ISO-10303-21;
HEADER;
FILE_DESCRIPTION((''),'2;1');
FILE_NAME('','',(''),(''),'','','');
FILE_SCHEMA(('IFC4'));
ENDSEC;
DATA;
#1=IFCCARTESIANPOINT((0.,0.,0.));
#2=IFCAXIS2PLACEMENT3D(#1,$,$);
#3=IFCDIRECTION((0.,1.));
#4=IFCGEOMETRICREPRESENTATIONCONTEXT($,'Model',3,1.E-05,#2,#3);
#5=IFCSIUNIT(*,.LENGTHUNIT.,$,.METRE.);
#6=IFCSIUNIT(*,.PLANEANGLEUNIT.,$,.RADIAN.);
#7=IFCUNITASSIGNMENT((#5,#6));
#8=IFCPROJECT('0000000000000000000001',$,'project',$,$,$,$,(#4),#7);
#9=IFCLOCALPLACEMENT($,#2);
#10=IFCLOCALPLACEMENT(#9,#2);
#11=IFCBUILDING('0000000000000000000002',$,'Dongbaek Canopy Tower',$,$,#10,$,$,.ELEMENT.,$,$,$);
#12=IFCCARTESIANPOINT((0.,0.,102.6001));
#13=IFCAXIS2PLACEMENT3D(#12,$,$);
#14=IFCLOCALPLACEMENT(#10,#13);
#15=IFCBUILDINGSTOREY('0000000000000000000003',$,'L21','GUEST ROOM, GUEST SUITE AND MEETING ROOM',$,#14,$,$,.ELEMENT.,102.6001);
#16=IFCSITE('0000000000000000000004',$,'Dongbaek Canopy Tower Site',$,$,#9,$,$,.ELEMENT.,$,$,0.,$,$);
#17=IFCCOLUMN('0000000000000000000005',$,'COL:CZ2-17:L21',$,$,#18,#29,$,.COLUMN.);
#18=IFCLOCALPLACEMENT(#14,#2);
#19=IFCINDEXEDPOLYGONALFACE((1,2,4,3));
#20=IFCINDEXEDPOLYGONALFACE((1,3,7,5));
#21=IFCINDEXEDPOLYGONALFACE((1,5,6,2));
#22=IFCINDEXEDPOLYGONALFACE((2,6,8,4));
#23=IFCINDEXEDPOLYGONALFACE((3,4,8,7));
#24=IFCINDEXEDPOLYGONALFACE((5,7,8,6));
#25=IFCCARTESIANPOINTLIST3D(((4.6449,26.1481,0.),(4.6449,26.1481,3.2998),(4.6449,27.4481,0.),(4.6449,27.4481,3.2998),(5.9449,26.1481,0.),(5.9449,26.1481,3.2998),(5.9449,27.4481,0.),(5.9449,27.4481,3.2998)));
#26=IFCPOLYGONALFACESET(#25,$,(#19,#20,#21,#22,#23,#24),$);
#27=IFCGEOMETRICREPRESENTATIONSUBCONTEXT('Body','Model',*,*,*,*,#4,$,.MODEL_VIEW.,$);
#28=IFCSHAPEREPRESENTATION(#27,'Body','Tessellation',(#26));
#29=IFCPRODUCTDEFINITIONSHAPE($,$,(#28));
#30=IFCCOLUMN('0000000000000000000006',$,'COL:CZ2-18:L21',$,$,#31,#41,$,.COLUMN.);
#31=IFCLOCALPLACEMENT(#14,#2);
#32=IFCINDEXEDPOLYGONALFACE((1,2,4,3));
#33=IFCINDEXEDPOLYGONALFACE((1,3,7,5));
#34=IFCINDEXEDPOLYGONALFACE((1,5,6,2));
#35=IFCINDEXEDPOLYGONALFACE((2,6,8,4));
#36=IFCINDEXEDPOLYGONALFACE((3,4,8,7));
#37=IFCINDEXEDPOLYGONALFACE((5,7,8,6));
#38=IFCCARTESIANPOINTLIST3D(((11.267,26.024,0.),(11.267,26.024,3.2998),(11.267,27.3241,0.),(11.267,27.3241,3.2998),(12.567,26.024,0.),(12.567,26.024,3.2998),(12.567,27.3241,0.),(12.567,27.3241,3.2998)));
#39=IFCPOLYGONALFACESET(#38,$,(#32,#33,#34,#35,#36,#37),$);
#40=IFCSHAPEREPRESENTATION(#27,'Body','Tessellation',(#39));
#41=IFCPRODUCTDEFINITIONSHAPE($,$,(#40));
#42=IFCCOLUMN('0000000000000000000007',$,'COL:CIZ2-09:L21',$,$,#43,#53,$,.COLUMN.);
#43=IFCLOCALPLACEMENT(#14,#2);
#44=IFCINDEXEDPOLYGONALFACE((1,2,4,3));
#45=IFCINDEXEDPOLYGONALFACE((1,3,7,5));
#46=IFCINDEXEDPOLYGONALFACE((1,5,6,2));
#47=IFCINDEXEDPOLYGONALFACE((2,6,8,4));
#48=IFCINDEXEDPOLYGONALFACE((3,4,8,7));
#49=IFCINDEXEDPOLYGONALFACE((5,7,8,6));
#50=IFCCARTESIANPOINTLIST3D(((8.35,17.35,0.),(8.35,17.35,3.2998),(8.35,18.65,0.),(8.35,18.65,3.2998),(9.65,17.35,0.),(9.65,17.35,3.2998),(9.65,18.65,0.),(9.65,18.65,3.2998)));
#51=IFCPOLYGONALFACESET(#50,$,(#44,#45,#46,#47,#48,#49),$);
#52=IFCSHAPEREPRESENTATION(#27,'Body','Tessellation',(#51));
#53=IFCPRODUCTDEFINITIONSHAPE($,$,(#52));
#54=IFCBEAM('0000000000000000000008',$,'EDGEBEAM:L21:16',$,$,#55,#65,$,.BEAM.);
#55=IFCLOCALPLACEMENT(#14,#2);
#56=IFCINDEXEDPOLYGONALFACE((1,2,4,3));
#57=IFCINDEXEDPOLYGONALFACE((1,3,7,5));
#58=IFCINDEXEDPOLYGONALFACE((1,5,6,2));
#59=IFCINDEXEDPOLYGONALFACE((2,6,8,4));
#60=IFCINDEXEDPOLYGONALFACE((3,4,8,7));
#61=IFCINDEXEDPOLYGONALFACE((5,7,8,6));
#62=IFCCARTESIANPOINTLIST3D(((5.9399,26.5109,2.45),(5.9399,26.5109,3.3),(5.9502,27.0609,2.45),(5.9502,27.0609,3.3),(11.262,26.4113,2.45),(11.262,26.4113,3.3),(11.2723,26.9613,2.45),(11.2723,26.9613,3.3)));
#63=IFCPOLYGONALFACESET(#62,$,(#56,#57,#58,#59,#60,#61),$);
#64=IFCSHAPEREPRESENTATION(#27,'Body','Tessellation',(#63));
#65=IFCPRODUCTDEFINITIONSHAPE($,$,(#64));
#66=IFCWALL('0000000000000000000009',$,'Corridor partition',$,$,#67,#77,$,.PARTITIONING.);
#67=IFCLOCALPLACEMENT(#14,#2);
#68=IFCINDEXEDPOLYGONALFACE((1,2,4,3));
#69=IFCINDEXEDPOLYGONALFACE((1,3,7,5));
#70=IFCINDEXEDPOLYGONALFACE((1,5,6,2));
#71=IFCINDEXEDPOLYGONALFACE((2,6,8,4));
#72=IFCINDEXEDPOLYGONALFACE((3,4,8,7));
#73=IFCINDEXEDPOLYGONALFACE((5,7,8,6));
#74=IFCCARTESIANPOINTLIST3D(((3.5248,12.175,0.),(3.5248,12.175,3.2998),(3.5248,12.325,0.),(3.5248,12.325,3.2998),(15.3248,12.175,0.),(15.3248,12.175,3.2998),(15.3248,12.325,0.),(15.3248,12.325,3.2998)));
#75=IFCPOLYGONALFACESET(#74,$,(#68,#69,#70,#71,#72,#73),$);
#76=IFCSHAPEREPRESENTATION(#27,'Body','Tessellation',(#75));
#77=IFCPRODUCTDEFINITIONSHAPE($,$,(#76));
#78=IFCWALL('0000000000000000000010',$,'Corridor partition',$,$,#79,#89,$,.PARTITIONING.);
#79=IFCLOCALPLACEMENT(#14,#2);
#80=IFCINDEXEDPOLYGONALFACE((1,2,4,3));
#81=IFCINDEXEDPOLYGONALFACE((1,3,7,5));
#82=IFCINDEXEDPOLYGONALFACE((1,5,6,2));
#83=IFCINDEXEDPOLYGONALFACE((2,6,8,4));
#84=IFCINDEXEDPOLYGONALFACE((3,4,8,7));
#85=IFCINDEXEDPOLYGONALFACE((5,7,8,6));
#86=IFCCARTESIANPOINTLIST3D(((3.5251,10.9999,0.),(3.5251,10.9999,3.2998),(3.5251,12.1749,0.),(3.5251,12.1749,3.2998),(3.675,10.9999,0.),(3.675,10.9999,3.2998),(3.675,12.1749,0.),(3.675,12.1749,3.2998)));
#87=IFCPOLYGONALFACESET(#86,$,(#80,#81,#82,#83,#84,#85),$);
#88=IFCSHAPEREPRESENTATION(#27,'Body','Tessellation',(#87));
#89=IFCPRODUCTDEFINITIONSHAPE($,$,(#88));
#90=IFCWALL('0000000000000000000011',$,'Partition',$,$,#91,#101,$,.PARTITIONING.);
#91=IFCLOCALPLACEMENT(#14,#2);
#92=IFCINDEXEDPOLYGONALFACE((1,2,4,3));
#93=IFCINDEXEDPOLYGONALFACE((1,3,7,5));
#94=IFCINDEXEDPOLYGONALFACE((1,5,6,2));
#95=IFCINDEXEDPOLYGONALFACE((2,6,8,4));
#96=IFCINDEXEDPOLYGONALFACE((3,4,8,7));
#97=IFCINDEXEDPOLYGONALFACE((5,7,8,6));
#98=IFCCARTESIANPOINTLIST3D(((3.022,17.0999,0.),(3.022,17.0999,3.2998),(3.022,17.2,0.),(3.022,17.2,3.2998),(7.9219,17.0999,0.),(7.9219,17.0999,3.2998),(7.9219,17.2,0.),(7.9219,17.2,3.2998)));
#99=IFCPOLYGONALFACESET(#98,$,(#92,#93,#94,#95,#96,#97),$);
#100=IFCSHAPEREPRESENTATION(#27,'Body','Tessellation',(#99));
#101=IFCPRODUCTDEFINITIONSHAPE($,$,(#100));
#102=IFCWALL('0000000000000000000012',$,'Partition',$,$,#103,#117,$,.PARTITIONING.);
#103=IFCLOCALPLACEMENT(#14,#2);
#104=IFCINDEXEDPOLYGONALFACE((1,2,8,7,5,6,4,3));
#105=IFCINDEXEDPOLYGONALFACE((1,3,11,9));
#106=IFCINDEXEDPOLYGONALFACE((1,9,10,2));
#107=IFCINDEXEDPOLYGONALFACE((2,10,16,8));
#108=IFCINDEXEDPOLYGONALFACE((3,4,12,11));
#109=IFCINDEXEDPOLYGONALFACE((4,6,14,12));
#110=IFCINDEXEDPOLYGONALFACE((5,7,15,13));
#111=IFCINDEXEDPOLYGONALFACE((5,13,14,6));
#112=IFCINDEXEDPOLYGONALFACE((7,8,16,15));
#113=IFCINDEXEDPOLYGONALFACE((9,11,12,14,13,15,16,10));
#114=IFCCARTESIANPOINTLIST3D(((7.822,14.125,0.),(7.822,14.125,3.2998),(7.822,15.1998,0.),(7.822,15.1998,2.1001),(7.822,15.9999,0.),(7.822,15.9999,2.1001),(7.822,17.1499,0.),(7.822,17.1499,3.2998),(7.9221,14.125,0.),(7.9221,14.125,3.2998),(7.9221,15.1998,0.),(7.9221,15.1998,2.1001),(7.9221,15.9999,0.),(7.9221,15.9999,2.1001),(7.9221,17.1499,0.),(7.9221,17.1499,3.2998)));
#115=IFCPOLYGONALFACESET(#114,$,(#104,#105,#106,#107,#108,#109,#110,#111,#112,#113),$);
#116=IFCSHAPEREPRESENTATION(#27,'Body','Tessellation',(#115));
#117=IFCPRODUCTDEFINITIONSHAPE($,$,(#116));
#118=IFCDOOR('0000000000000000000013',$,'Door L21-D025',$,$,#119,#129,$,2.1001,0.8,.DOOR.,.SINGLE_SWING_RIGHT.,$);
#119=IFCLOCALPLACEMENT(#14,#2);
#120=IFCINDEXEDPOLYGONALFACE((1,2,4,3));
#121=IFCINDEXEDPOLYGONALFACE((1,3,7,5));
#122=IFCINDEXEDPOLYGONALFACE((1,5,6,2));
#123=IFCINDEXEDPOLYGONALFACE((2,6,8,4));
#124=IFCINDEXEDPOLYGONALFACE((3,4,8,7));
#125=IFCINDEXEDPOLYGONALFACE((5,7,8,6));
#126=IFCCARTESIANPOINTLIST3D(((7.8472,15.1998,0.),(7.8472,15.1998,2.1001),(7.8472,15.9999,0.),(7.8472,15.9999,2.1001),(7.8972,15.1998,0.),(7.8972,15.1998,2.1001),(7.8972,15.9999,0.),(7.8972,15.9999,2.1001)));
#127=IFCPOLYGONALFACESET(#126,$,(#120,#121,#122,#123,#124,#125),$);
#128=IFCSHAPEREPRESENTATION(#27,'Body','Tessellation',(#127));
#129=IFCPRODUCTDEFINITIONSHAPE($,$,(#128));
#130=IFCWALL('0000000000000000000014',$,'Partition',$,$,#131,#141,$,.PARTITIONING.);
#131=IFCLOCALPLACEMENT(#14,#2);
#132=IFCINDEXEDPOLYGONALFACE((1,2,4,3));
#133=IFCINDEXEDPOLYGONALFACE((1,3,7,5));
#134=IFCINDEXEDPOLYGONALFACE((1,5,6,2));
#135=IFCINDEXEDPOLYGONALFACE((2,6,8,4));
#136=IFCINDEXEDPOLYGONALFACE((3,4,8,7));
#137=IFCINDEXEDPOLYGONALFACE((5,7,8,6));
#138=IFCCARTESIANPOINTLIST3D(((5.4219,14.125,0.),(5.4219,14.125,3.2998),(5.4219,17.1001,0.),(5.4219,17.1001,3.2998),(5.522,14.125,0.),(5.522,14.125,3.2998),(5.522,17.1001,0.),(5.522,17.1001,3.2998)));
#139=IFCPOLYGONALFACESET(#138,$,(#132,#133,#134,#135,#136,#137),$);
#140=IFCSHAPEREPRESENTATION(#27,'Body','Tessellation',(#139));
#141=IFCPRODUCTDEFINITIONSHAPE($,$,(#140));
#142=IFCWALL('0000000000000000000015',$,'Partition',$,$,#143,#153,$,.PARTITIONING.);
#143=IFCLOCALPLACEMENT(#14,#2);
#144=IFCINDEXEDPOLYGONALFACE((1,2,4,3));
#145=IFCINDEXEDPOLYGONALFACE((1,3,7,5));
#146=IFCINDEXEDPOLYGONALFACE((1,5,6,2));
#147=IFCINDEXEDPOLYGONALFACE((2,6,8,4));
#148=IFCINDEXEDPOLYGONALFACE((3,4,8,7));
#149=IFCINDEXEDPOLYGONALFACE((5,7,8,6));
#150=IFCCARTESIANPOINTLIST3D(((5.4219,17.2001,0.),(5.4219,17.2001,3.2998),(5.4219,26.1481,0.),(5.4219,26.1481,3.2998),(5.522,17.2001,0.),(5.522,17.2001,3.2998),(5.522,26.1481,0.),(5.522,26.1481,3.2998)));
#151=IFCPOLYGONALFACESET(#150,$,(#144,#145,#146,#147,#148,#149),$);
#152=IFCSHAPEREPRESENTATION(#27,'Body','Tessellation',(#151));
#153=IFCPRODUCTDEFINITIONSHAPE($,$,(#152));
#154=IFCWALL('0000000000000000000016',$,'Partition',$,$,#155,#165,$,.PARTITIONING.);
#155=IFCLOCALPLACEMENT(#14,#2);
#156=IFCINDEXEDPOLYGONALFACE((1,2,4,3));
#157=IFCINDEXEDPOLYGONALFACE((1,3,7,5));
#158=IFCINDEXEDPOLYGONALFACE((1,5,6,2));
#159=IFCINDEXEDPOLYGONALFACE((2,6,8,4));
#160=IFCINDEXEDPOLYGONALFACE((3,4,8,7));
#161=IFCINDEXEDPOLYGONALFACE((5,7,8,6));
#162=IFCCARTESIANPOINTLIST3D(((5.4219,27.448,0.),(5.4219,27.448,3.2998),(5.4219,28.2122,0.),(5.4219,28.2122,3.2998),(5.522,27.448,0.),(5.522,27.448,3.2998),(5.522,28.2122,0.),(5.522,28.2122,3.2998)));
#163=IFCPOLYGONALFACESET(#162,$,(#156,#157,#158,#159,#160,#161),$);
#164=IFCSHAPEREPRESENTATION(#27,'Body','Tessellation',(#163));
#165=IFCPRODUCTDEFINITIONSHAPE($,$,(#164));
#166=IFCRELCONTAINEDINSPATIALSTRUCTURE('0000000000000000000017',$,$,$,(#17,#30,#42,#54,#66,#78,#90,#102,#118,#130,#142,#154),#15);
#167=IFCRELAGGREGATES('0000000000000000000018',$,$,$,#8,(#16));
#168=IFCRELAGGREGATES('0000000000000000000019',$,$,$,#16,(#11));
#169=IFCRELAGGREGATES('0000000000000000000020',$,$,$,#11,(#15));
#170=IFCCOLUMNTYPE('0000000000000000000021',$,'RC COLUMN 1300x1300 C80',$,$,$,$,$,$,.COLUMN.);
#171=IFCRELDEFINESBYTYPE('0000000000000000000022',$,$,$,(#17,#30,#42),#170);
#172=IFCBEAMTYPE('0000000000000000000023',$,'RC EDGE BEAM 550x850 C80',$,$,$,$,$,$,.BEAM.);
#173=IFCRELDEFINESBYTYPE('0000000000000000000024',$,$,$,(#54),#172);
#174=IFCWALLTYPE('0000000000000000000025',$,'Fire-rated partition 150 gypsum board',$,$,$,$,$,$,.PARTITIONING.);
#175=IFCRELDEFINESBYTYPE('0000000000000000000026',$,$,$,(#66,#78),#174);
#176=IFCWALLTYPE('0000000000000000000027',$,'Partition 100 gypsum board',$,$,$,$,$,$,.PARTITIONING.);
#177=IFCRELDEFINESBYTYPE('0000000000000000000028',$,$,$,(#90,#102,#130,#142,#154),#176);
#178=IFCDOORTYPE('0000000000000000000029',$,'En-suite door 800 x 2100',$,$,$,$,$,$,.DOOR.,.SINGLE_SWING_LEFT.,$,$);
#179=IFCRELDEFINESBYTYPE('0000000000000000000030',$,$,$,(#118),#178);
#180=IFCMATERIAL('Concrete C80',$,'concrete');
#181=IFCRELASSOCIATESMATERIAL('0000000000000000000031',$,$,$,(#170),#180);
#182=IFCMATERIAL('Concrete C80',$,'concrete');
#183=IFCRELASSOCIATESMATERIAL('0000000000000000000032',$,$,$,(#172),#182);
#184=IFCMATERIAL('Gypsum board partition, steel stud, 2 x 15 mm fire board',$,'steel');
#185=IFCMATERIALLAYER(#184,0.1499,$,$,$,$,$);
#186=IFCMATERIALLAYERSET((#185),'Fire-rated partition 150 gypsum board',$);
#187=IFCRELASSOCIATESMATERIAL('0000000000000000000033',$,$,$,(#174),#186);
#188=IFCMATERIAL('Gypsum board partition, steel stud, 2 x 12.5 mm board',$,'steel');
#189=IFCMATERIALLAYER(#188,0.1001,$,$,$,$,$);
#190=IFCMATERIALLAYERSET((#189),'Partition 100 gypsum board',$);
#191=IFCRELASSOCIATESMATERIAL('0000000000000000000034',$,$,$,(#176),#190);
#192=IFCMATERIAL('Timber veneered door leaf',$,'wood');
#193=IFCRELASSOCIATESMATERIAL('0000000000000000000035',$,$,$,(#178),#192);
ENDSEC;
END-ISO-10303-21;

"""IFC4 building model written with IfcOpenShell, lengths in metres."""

from ifc_helpers import new_model, si_unit, direction, frame, frame_2d, origin, origin_2d, place, context, subcontext, project, spatial, rectangle, extrude, material, layer, layer_set, material_profile, profile_set, type_object, element, fill, save


model = new_model("IFC4")

# Units and contexts
model_context = context("Model", 3, precision=1e-05, world=origin(), true_north=direction((0.0, 1.0)))
body_context = subcontext(model_context, "Body", "Model", "MODEL_VIEW")
ifc_project = project(units=[si_unit("LENGTHUNIT", "METRE"), si_unit("PLANEANGLEUNIT", "RADIAN")], contexts=[model_context])

# Site, building, storey
site_placement = place(None, origin())
site = spatial("IfcSite", under=ifc_project, at=site_placement, Name="Dongbaek Canopy Tower Site", CompositionType="ELEMENT", RefElevation=0.0)
building_placement = place(site_placement, origin())
building = spatial("IfcBuilding", under=site, at=building_placement, Name="Dongbaek Canopy Tower", CompositionType="ELEMENT")
storey_placement = place(building_placement, frame((0.0, 0.0, 102.6001)))
storey = spatial("IfcBuildingStorey", under=building, at=storey_placement, Name="L21", Description="GUEST ROOM, GUEST SUITE AND MEETING ROOM", CompositionType="ELEMENT", Elevation=102.6001)

# Columns
ifc_material_1 = material(Name="Concrete C80", Category="concrete")
ifc_material_profile_1 = material_profile(ifc_material_1, rectangle(XDim=1.3, YDim=1.3, at=origin_2d()), Name="RC COLUMN 1300x1300 C80")
ifc_profile_set_1 = profile_set([ifc_material_profile_1], Name="Concrete C80")
column_type = type_object("IfcColumnType", Name="RC COLUMN 1300x1300 C80", PredefinedType="COLUMN", material=ifc_profile_set_1)
for number, where, z_axis, x_axis, name in (
    (1, (5.2949, 26.7981, 0.0), (0.0, 0.0, 1.0), (1.0, 0.0, 0.0), "COL:CZ2-17:L21"),
    (2, (11.917, 26.6741, 0.0), (0.0, 0.0, 1.0), (1.0, 0.0, 0.0), "COL:CZ2-18:L21"),
    (3, (9.0, 18.0, 0.0), (0.0, 0.0, 1.0), (1.0, 0.0, 0.0), "COL:CIZ2-09:L21"),
):
    element("IfcColumn", number, at=place(storey_placement, frame(where, z_axis=z_axis, x_axis=x_axis)), inside=storey, type_object=column_type, Name=name, PredefinedType="COLUMN", context=body_context, shape_type="SweptSolid", body=[
        extrude(rectangle(XDim=1.3, YDim=1.3, at=origin_2d()), origin(), (0.0, 0.0, 1.0), 3.2998),
    ])

# Beam
ifc_material_2 = material(Name="Concrete C80", Category="concrete")
ifc_material_profile_2 = material_profile(ifc_material_2, rectangle(XDim=0.55, YDim=0.8501, at=origin_2d()), Name="RC EDGE BEAM 550x850 C80")
ifc_profile_set_2 = profile_set([ifc_material_profile_2], Name="Concrete C80")
beam_type = type_object("IfcBeamType", Name="RC EDGE BEAM 550x850 C80", PredefinedType="BEAM", material=ifc_profile_set_2)
beam_placement = place(storey_placement, frame((5.9451, 26.7859, 2.875), z_axis=(0.999825, -0.018713, 0.0), x_axis=(0.018713, 0.999825, 0.0)))
element("IfcBeam", 4, at=beam_placement, inside=storey, type_object=beam_type, Name="EDGEBEAM:L21:16", PredefinedType="BEAM", context=body_context, shape_type="SweptSolid", body=[
    extrude(rectangle(XDim=0.55, YDim=0.8501, at=origin_2d()), origin(), (0.0, 0.0, 1.0), 5.323),
])

# Walls
ifc_material_3 = material(Name="Gypsum board partition, steel stud, 2 x 15 mm fire board", Category="steel")
ifc_layer_1 = layer(ifc_material_3, 0.1499)
ifc_layer_set_1 = layer_set([ifc_layer_1], Name="Fire-rated partition 150 gypsum board")
wall_type_1 = type_object("IfcWallType", Name="Fire-rated partition 150 gypsum board", PredefinedType="PARTITIONING", material=ifc_layer_set_1)
wall_1_placement = place(storey_placement, frame((3.5249, 12.25, 0.0), z_axis=(0.0, 0.0, 1.0), x_axis=(1.0, 0.0, 0.0)))
element("IfcWall", 5, at=wall_1_placement, inside=storey, type_object=wall_type_1, Name="Corridor partition", PredefinedType="PARTITIONING", context=body_context, shape_type="SweptSolid", body=[
    extrude(rectangle(XDim=11.8, YDim=0.1499, at=frame_2d((5.8999, 0.0))), origin(), (0.0, 0.0, 1.0), 3.2998),
])
wall_2_placement = place(storey_placement, frame((3.6001, 11.0, 0.0), z_axis=(0.0, 0.0, 1.0), x_axis=(0.0, 1.0, 0.0)))
element("IfcWall", 6, at=wall_2_placement, inside=storey, type_object=wall_type_1, Name="Corridor partition", PredefinedType="PARTITIONING", context=body_context, shape_type="SweptSolid", body=[
    extrude(rectangle(XDim=1.175, YDim=0.1499, at=frame_2d((0.5874, 0.0))), origin(), (0.0, 0.0, 1.0), 3.2998),
])
ifc_material_4 = material(Name="Gypsum board partition, steel stud, 2 x 12.5 mm board", Category="steel")
ifc_layer_2 = layer(ifc_material_4, 0.1001)
ifc_layer_set_2 = layer_set([ifc_layer_2], Name="Partition 100 gypsum board")
wall_type_2 = type_object("IfcWallType", Name="Partition 100 gypsum board", PredefinedType="PARTITIONING", material=ifc_layer_set_2)
wall_3_placement = place(storey_placement, frame((3.022, 17.1499, 0.0), z_axis=(0.0, 0.0, 1.0), x_axis=(1.0, 0.0, 0.0)))
element("IfcWall", 7, at=wall_3_placement, inside=storey, type_object=wall_type_2, Name="Partition", PredefinedType="PARTITIONING", context=body_context, shape_type="SweptSolid", body=[
    extrude(rectangle(XDim=4.8999, YDim=0.1001, at=frame_2d((2.45, 0.0))), origin(), (0.0, 0.0, 1.0), 3.2998),
])

# Wall, opening, door
wall_4_placement = place(storey_placement, frame((7.8721, 14.125, 0.0), z_axis=(0.0, 0.0, 1.0), x_axis=(0.0, 1.0, 0.0)))
wall_4 = element("IfcWall", 8, at=wall_4_placement, inside=storey, type_object=wall_type_2, Name="Partition", PredefinedType="PARTITIONING", context=body_context, shape_type="SweptSolid", body=[
    extrude(rectangle(XDim=3.0249, YDim=0.1001, at=frame_2d((1.5125, 0.0))), origin(), (0.0, 0.0, 1.0), 3.2998),
])
opening_1_placement = place(wall_4_placement, frame((1.075, 0.0, 0.0)))
opening_1 = element("IfcOpeningElement", 9, at=opening_1_placement, cuts=wall_4, PredefinedType="OPENING", context=body_context, shape_type="SweptSolid", body=[
    extrude(rectangle(XDim=0.8, YDim=2.1001, at=frame_2d((0.3999, 1.05))), frame((0.0, 0.0601, 0.0), z_axis=(0.0, -1.0, 0.0), x_axis=(1.0, 0.0, 0.0)), (0.0, 0.0, 1.0), 0.1201),
])
ifc_material_5 = material(Name="Timber veneered door leaf", Category="wood")
door_type = type_object("IfcDoorType", Name="En-suite door 800 x 2100", OperationType="SINGLE_SWING_LEFT", PredefinedType="DOOR", material=ifc_material_5)
door_1_placement = place(opening_1_placement, origin())
door_1 = element("IfcDoor", 10, at=door_1_placement, inside=storey, type_object=door_type, Name="Door L21-D025", OperationType="SINGLE_SWING_RIGHT", OverallHeight=2.1001, OverallWidth=0.8, PredefinedType="DOOR", context=body_context, shape_type="SweptSolid", body=[
    extrude(rectangle(XDim=0.8, YDim=2.1001, at=frame_2d((0.3999, 1.05))), frame((0.0, 0.0249, 0.0), z_axis=(0.0, -1.0, 0.0), x_axis=(1.0, 0.0, 0.0)), (0.0, 0.0, 1.0), 0.05),
])
fill(opening_1, door_1)

# Walls
wall_5_placement = place(storey_placement, frame((5.4719, 14.125, 0.0), z_axis=(0.0, 0.0, 1.0), x_axis=(0.0, 1.0, 0.0)))
element("IfcWall", 11, at=wall_5_placement, inside=storey, type_object=wall_type_2, Name="Partition", PredefinedType="PARTITIONING", context=body_context, shape_type="SweptSolid", body=[
    extrude(rectangle(XDim=2.9751, YDim=0.1001, at=frame_2d((1.4875, 0.0))), origin(), (0.0, 0.0, 1.0), 3.2998),
])
wall_6_placement = place(storey_placement, frame((5.4719, 17.2, 0.0), z_axis=(0.0, 0.0, 1.0), x_axis=(0.0, 1.0, 0.0)))
element("IfcWall", 12, at=wall_6_placement, inside=storey, type_object=wall_type_2, Name="Partition", PredefinedType="PARTITIONING", context=body_context, shape_type="SweptSolid", body=[
    extrude(rectangle(XDim=8.948, YDim=0.1001, at=frame_2d((4.4741, 0.0))), origin(), (0.0, 0.0, 1.0), 3.2998),
])
wall_7_placement = place(storey_placement, frame((5.4719, 27.448, 0.0), z_axis=(0.0, 0.0, 1.0), x_axis=(0.0, 1.0, 0.0)))
element("IfcWall", 13, at=wall_7_placement, inside=storey, type_object=wall_type_2, Name="Partition", PredefinedType="PARTITIONING", context=body_context, shape_type="SweptSolid", body=[
    extrude(rectangle(XDim=0.7642, YDim=0.1001, at=frame_2d((0.3821, 0.0))), origin(), (0.0, 0.0, 1.0), 3.2998),
])

save(model, "model.ifc")
